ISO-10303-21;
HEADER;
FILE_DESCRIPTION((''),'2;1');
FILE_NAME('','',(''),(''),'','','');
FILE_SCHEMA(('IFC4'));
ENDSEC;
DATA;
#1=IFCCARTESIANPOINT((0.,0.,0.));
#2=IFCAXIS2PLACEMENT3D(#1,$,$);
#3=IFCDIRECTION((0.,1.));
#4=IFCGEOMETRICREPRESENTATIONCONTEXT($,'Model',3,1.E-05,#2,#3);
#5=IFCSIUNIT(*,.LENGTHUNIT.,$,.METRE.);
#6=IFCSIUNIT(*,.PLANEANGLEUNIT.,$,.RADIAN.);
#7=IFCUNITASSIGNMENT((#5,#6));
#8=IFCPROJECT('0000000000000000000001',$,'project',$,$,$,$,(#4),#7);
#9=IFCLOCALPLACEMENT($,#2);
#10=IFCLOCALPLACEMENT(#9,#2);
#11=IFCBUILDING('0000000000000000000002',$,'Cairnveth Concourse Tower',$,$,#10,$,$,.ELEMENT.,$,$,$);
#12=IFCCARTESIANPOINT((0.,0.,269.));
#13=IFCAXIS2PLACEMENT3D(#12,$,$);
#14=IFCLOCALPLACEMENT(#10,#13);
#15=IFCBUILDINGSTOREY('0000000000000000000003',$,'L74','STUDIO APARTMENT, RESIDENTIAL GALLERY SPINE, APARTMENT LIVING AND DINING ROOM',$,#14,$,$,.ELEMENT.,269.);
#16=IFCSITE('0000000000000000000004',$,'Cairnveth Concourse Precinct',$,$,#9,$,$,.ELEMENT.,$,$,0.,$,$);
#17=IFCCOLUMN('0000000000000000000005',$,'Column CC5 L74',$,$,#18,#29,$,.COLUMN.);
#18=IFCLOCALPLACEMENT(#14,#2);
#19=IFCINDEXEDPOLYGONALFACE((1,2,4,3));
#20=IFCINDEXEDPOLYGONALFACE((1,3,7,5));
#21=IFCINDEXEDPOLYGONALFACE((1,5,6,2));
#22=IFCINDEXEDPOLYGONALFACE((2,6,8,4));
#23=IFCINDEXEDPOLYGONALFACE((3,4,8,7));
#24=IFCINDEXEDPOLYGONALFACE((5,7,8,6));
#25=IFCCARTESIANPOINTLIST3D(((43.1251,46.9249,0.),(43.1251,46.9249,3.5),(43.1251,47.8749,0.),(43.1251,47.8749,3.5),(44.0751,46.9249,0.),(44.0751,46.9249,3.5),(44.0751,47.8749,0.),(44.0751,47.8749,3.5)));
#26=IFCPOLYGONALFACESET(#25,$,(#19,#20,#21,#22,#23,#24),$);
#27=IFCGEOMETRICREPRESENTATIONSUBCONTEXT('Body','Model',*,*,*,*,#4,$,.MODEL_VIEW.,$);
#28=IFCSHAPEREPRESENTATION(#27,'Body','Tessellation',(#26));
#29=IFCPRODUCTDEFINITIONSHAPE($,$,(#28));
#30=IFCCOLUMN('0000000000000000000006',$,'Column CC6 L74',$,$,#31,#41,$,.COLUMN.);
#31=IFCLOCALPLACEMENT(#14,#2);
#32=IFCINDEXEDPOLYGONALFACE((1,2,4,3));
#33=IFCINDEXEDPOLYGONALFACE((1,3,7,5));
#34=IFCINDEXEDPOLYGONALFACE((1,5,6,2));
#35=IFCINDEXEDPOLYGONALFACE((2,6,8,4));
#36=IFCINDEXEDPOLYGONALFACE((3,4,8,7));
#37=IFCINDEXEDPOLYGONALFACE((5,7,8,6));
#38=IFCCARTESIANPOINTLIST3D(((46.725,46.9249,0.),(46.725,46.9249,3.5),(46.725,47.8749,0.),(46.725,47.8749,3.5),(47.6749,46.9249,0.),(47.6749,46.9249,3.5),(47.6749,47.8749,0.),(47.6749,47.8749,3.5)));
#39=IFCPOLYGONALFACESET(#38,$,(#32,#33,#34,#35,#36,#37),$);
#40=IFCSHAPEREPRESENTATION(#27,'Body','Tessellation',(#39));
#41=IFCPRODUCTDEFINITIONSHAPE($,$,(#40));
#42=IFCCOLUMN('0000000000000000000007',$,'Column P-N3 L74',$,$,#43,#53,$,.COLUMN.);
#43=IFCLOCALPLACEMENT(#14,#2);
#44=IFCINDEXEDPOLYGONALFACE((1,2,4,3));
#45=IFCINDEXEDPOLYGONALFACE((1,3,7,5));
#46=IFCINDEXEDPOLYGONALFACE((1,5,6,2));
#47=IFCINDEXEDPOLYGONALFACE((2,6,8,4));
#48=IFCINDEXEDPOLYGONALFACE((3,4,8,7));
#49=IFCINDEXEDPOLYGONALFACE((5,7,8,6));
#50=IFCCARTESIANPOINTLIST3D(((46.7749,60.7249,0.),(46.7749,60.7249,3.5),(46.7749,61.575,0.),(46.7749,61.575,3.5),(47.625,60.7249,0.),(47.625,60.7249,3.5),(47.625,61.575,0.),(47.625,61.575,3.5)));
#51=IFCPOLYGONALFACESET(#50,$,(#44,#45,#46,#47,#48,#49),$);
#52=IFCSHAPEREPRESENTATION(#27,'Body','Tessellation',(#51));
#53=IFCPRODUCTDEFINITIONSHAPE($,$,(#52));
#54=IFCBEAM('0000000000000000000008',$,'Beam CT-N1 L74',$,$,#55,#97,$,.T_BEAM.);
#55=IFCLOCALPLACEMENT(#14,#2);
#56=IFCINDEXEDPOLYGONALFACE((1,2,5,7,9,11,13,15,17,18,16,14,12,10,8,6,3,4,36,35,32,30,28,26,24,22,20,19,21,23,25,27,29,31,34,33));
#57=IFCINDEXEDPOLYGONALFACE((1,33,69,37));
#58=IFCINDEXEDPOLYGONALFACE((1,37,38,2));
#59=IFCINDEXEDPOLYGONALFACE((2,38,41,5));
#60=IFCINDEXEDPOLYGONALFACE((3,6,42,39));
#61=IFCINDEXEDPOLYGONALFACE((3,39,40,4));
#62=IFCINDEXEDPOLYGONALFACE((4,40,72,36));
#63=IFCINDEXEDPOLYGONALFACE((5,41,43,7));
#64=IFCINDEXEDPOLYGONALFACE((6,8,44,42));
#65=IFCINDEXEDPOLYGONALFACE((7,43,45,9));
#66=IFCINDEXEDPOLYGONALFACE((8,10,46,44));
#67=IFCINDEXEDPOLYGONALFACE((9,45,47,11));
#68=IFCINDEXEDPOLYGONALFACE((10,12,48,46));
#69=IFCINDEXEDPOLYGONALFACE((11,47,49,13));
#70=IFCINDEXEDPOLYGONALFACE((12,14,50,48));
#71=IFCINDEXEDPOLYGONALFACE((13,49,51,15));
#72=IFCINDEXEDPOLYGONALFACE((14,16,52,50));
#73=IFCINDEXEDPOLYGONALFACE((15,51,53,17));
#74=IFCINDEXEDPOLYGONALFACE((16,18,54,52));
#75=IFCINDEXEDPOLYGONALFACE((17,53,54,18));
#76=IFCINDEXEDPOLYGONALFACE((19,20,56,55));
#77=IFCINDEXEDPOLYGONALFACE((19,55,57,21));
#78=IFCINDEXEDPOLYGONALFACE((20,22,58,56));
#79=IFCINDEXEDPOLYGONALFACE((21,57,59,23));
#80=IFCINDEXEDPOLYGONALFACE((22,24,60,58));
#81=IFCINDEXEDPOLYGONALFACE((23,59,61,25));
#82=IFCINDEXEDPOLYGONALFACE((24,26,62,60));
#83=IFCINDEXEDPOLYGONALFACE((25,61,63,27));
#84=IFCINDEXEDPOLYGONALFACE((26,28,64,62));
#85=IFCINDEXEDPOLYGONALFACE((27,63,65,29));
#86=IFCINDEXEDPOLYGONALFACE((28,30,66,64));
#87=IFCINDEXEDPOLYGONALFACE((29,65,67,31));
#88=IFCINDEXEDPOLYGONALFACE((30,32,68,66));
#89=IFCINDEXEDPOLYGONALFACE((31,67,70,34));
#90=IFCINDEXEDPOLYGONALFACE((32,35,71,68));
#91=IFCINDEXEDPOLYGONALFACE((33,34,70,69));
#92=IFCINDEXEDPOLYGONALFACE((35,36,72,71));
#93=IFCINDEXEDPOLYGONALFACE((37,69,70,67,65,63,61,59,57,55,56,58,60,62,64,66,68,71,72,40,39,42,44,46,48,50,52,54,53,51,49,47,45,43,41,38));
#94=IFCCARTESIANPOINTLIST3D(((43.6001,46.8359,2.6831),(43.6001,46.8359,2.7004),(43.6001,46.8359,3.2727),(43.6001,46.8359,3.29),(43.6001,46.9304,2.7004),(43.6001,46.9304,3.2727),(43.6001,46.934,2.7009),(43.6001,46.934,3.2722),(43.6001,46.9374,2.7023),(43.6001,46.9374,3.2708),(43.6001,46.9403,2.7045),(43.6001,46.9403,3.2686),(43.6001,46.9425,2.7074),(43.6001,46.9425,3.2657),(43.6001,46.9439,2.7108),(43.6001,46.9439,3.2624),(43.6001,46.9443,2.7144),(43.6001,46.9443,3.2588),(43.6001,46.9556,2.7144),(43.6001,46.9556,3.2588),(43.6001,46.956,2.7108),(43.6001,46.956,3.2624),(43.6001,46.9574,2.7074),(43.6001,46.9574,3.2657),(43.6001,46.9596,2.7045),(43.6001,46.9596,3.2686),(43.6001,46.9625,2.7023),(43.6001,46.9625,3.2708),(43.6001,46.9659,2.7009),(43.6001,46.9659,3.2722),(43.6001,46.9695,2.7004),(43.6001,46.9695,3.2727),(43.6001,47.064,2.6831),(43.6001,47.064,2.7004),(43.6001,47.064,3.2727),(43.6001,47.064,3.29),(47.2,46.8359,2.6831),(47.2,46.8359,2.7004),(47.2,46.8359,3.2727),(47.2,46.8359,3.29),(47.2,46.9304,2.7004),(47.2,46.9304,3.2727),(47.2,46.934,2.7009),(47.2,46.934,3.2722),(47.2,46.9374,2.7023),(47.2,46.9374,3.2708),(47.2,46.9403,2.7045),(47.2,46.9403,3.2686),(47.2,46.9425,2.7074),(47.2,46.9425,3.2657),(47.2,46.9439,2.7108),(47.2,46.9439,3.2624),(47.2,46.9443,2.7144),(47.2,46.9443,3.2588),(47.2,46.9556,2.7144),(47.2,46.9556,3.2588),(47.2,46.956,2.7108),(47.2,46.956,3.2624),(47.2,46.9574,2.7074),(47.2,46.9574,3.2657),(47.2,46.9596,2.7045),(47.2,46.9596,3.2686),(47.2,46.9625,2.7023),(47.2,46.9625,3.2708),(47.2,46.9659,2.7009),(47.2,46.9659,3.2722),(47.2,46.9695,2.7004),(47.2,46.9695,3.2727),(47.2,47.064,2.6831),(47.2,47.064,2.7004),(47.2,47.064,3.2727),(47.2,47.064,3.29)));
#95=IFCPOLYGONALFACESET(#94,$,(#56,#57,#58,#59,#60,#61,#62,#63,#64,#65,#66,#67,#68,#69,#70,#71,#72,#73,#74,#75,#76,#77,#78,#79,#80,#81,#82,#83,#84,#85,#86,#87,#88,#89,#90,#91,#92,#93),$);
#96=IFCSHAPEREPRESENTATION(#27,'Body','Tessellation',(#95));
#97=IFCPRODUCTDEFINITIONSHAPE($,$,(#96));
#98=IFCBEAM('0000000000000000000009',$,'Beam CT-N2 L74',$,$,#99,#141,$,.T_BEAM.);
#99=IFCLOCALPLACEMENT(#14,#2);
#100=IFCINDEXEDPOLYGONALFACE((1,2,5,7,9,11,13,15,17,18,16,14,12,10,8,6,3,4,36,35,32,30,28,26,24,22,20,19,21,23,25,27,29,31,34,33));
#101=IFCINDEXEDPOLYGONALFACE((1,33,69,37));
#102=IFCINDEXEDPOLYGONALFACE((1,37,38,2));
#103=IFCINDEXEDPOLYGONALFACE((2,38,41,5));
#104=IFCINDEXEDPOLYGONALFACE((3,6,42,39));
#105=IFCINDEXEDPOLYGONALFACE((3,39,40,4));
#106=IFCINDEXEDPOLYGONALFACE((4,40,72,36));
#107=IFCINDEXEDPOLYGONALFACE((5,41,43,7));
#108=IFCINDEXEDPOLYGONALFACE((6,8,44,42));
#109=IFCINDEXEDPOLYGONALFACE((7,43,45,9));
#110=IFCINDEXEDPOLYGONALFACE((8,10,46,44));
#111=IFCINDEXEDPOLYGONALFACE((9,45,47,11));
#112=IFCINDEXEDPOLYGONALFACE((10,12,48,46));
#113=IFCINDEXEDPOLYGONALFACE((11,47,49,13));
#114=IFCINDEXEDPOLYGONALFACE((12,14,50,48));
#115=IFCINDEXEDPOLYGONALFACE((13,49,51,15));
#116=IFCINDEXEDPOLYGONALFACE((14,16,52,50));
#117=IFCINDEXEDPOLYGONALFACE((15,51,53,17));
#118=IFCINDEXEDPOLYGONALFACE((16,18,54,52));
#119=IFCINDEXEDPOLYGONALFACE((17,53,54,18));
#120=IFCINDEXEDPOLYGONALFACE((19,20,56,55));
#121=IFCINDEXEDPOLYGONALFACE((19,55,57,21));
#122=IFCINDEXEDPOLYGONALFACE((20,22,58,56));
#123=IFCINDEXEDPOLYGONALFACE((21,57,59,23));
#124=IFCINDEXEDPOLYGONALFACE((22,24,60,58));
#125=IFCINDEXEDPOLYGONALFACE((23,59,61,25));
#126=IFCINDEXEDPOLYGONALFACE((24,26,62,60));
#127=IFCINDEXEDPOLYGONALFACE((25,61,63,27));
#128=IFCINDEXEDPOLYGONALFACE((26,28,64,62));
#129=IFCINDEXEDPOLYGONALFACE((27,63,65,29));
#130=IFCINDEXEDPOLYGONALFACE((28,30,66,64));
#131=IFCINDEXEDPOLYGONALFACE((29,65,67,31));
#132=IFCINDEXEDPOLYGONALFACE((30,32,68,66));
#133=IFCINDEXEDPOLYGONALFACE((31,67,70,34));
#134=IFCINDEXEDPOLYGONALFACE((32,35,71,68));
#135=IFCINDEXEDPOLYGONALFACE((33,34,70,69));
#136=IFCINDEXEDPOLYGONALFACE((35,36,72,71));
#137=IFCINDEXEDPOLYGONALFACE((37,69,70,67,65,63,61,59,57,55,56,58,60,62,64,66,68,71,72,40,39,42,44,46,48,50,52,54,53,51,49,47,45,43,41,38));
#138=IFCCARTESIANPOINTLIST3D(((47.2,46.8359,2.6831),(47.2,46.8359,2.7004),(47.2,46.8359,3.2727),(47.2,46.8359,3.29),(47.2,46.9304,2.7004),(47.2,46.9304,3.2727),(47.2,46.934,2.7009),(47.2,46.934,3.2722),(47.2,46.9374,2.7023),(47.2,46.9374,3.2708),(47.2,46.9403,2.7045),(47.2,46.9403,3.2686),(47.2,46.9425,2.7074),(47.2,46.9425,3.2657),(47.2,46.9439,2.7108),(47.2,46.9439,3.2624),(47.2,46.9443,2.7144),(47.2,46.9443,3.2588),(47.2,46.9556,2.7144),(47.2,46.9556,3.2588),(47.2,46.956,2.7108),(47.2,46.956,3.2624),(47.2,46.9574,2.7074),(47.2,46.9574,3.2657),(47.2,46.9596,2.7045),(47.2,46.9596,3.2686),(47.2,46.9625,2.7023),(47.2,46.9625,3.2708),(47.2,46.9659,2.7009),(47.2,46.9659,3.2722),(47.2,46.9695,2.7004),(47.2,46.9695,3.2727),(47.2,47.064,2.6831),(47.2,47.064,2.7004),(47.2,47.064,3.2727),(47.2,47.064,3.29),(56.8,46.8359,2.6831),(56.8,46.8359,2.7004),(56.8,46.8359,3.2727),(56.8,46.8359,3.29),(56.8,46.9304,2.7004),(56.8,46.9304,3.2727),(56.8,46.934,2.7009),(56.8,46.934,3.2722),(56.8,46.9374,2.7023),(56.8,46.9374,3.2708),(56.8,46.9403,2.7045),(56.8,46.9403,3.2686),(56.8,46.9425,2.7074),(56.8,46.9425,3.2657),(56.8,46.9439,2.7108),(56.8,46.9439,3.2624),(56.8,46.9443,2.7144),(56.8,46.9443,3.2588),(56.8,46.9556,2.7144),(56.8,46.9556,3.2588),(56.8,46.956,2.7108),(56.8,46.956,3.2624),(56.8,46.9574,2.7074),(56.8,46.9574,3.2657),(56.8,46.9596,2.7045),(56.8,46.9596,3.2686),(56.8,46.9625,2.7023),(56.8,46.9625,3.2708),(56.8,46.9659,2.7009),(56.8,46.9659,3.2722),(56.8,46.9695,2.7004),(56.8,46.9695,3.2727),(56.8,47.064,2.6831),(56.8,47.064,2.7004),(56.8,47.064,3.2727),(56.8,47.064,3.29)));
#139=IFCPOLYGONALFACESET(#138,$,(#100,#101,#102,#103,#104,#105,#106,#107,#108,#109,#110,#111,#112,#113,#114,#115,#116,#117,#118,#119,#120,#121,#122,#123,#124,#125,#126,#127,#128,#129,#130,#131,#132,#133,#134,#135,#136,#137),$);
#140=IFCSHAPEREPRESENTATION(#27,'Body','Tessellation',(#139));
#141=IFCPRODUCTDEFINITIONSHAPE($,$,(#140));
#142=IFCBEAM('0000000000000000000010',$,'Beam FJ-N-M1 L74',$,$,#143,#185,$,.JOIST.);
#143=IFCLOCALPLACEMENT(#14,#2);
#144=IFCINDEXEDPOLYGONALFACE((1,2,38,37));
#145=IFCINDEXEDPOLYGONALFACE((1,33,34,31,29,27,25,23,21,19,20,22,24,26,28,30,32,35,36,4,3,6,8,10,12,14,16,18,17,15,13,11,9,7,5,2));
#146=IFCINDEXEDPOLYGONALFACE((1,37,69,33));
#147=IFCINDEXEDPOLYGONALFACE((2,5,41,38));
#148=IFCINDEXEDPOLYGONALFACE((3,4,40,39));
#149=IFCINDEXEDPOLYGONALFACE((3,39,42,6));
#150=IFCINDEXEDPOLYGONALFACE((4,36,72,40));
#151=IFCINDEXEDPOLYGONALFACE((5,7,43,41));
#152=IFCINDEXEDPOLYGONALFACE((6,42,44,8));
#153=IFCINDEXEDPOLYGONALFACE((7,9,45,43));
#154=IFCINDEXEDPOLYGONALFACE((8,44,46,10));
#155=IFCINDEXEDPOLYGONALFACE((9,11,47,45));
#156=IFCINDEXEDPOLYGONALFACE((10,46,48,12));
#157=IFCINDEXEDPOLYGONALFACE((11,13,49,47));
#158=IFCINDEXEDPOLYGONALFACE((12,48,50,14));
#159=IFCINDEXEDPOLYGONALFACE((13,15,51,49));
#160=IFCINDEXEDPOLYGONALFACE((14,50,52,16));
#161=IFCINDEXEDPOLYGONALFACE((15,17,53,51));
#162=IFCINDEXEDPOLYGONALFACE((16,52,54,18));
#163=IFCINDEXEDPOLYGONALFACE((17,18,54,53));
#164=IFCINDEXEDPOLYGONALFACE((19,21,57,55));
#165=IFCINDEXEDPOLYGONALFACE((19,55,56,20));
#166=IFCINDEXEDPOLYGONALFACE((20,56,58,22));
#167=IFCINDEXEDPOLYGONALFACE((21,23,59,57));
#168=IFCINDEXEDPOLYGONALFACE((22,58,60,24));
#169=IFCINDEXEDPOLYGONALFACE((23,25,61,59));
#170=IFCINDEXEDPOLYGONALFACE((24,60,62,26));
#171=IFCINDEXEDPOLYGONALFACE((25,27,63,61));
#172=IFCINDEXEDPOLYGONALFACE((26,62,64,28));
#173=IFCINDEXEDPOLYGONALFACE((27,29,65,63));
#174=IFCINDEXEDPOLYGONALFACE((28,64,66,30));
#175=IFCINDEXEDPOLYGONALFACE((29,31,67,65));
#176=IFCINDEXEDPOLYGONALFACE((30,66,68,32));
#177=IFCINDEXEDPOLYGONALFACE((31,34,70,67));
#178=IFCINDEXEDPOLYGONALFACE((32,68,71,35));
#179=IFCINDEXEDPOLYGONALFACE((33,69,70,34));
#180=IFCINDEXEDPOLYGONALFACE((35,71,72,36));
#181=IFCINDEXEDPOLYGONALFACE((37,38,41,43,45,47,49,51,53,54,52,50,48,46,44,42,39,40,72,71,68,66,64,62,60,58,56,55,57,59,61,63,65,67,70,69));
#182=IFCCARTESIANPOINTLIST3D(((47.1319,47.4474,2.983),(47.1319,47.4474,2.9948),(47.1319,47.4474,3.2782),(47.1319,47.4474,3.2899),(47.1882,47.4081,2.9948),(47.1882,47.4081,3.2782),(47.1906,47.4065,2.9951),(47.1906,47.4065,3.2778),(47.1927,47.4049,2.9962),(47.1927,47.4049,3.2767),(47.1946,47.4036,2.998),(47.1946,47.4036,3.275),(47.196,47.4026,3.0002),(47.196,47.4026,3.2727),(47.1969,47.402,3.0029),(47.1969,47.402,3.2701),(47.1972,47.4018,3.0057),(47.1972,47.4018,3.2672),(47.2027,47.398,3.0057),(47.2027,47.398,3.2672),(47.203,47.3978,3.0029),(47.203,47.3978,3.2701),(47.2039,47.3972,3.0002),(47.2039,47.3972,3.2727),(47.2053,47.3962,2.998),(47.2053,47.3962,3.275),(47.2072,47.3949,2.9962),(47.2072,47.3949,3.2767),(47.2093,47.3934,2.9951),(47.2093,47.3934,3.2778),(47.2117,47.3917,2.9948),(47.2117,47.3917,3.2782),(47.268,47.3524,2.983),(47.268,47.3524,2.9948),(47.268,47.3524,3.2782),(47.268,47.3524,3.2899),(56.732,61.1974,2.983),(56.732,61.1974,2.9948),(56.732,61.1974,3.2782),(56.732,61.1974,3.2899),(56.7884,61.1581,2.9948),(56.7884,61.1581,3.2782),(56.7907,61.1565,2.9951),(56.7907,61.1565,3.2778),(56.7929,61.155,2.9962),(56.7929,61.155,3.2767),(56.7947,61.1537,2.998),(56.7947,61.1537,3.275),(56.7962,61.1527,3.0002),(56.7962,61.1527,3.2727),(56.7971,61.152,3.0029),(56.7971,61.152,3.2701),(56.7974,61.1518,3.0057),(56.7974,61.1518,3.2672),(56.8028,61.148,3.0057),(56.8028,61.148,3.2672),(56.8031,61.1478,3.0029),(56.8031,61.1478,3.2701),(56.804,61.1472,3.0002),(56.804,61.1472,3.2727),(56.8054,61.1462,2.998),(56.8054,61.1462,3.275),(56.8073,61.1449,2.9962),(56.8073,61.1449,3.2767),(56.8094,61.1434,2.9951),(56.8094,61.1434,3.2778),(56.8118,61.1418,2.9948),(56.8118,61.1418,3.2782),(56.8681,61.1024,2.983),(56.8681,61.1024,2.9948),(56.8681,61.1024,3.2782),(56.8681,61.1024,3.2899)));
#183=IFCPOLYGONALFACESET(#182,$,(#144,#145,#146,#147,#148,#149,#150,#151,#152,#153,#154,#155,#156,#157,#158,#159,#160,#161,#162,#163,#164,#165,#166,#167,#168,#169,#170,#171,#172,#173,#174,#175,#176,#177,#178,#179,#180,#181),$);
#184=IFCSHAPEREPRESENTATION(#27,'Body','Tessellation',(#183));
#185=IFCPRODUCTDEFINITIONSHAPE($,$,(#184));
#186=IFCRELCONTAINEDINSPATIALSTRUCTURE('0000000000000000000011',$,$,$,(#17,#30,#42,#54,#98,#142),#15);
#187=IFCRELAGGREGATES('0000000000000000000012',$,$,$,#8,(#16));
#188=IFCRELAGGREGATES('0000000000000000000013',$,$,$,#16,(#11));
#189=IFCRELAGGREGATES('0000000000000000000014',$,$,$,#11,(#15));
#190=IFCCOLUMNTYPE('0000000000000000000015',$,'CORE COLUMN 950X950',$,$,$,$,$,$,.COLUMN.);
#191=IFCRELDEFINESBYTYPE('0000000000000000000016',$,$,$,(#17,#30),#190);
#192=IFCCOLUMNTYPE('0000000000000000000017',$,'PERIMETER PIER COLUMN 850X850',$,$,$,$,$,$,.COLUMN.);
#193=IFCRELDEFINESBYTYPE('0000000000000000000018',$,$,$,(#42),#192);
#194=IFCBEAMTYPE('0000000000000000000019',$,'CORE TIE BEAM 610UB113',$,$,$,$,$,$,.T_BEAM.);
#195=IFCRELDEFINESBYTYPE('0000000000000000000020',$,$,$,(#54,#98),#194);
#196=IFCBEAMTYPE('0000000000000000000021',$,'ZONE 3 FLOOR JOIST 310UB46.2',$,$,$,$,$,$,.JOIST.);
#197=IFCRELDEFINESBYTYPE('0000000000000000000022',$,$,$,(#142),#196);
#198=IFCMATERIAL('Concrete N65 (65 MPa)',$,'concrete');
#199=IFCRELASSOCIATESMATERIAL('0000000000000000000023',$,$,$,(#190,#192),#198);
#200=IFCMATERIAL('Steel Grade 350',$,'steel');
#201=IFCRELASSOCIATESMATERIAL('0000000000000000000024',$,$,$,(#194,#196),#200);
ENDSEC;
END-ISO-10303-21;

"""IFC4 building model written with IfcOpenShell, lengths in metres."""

from ifc_helpers import new_model, si_unit, direction, frame, origin, origin_2d, place, context, subcontext, project, spatial, rectangle, i_section, extrude, material, material_profile, profile_set, type_object, element, save


model = new_model("IFC4")

# Units and contexts
model_context = context("Model", 3, precision=1e-05, world=origin(), true_north=direction((0.0, 1.0)))
body_context = subcontext(model_context, "Body", "Model", "MODEL_VIEW")
ifc_project = project(units=[si_unit("LENGTHUNIT", "METRE"), si_unit("PLANEANGLEUNIT", "RADIAN")], contexts=[model_context])

# Site, building, storey
site_placement = place(None, origin())
site = spatial("IfcSite", under=ifc_project, at=site_placement, Name="Cairnveth Concourse Precinct", CompositionType="ELEMENT", RefElevation=0.0)
building_placement = place(site_placement, origin())
building = spatial("IfcBuilding", under=site, at=building_placement, Name="Cairnveth Concourse Tower", CompositionType="ELEMENT")
storey_placement = place(building_placement, frame((0.0, 0.0, 269.0)))
storey = spatial("IfcBuildingStorey", under=building, at=storey_placement, Name="L74", Description="STUDIO APARTMENT, RESIDENTIAL GALLERY SPINE, APARTMENT LIVING AND DINING ROOM", CompositionType="ELEMENT", Elevation=269.0)

# Columns
ifc_material_1 = material(Name="Concrete N65 (65 MPa)", Category="concrete")
ifc_material_profile_1 = material_profile(ifc_material_1, rectangle(XDim=0.95, YDim=0.95, at=origin_2d()), Name="RC-COL-950x950")
ifc_profile_set_1 = profile_set([ifc_material_profile_1], Name="Concrete N65 (65 MPa)")
column_type_1 = type_object("IfcColumnType", Name="CORE COLUMN 950X950", PredefinedType="COLUMN", material=ifc_profile_set_1)
for number, where, z_axis, x_axis, name in (
    (1, (43.6001, 47.3999, 0.0), (0.0, 0.0, 1.0), (1.0, 0.0, 0.0), "Column CC5 L74"),
    (2, (47.2, 47.3999, 0.0), (0.0, 0.0, 1.0), (1.0, 0.0, 0.0), "Column CC6 L74"),
):
    element("IfcColumn", number, at=place(storey_placement, frame(where, z_axis=z_axis, x_axis=x_axis)), inside=storey, type_object=column_type_1, Name=name, PredefinedType="COLUMN", context=body_context, shape_type="SweptSolid", body=[
        extrude(rectangle(XDim=0.95, YDim=0.95, at=origin_2d()), origin(), (0.0, 0.0, 1.0), 3.5),
    ])
ifc_material_profile_2 = material_profile(ifc_material_1, rectangle(XDim=0.8501, YDim=0.8501, at=origin_2d()), Name="RC-COL-850x850")
ifc_profile_set_2 = profile_set([ifc_material_profile_2], Name="Concrete N65 (65 MPa)")
column_type_2 = type_object("IfcColumnType", Name="PERIMETER PIER COLUMN 850X850", PredefinedType="COLUMN", material=ifc_profile_set_2)
column_placement = place(storey_placement, frame((47.2, 61.1499, 0.0), z_axis=(0.0, 0.0, 1.0), x_axis=(1.0, 0.0, 0.0)))
element("IfcColumn", 3, at=column_placement, inside=storey, type_object=column_type_2, Name="Column P-N3 L74", PredefinedType="COLUMN", context=body_context, shape_type="SweptSolid", body=[
    extrude(rectangle(XDim=0.8501, YDim=0.8501, at=origin_2d()), origin(), (0.0, 0.0, 1.0), 3.5),
])

# Beams
ifc_material_2 = material(Name="Steel Grade 350", Category="steel")
ifc_material_profile_3 = material_profile(ifc_material_2, i_section(OverallWidth=0.228, OverallDepth=0.6069, WebThickness=0.0112, FlangeThickness=0.0173, FilletRadius=0.0139, at=origin_2d()), Name="610UB113")
ifc_profile_set_3 = profile_set([ifc_material_profile_3], Name="Steel Grade 350")
beam_type_1 = type_object("IfcBeamType", Name="CORE TIE BEAM 610UB113", PredefinedType="T_BEAM", material=ifc_profile_set_3)
beam_1_placement = place(storey_placement, frame((43.6001, 46.95, 2.9866), z_axis=(1.0, 0.0, 0.0), x_axis=(0.0, 1.0, 0.0)))
element("IfcBeam", 4, at=beam_1_placement, inside=storey, type_object=beam_type_1, Name="Beam CT-N1 L74", PredefinedType="T_BEAM", context=body_context, shape_type="SweptSolid", body=[
    extrude(i_section(OverallWidth=0.228, OverallDepth=0.6069, WebThickness=0.0112, FlangeThickness=0.0173, FilletRadius=0.0139, at=origin_2d()), origin(), (0.0, 0.0, 1.0), 3.5999),
])
beam_2_placement = place(storey_placement, frame((47.2, 46.95, 2.9866), z_axis=(1.0, 0.0, 0.0), x_axis=(0.0, 1.0, 0.0)))
element("IfcBeam", 5, at=beam_2_placement, inside=storey, type_object=beam_type_1, Name="Beam CT-N2 L74", PredefinedType="T_BEAM", context=body_context, shape_type="SweptSolid", body=[
    extrude(i_section(OverallWidth=0.228, OverallDepth=0.6069, WebThickness=0.0112, FlangeThickness=0.0173, FilletRadius=0.0139, at=origin_2d()), origin(), (0.0, 0.0, 1.0), 9.6001),
])
ifc_material_profile_4 = material_profile(ifc_material_2, i_section(OverallWidth=0.166, OverallDepth=0.3069, WebThickness=0.0066, FlangeThickness=0.0117, FilletRadius=0.011, at=origin_2d()), Name="310UB46.2")
ifc_profile_set_4 = profile_set([ifc_material_profile_4], Name="Steel Grade 350")
beam_type_2 = type_object("IfcBeamType", Name="ZONE 3 FLOOR JOIST 310UB46.2", PredefinedType="JOIST", material=ifc_profile_set_4)
beam_3_placement = place(storey_placement, frame((47.2, 47.3999, 3.1365), z_axis=(0.572465, 0.819929, 0.0), x_axis=(-0.819929, 0.572465, 0.0)))
element("IfcBeam", 6, at=beam_3_placement, inside=storey, type_object=beam_type_2, Name="Beam FJ-N-M1 L74", PredefinedType="JOIST", context=body_context, shape_type="SweptSolid", body=[
    extrude(i_section(OverallWidth=0.166, OverallDepth=0.3069, WebThickness=0.0066, FlangeThickness=0.0117, FilletRadius=0.011, at=origin_2d()), origin(), (0.0, 0.0, 1.0), 16.7698),
])

save(model, "model.ifc")
